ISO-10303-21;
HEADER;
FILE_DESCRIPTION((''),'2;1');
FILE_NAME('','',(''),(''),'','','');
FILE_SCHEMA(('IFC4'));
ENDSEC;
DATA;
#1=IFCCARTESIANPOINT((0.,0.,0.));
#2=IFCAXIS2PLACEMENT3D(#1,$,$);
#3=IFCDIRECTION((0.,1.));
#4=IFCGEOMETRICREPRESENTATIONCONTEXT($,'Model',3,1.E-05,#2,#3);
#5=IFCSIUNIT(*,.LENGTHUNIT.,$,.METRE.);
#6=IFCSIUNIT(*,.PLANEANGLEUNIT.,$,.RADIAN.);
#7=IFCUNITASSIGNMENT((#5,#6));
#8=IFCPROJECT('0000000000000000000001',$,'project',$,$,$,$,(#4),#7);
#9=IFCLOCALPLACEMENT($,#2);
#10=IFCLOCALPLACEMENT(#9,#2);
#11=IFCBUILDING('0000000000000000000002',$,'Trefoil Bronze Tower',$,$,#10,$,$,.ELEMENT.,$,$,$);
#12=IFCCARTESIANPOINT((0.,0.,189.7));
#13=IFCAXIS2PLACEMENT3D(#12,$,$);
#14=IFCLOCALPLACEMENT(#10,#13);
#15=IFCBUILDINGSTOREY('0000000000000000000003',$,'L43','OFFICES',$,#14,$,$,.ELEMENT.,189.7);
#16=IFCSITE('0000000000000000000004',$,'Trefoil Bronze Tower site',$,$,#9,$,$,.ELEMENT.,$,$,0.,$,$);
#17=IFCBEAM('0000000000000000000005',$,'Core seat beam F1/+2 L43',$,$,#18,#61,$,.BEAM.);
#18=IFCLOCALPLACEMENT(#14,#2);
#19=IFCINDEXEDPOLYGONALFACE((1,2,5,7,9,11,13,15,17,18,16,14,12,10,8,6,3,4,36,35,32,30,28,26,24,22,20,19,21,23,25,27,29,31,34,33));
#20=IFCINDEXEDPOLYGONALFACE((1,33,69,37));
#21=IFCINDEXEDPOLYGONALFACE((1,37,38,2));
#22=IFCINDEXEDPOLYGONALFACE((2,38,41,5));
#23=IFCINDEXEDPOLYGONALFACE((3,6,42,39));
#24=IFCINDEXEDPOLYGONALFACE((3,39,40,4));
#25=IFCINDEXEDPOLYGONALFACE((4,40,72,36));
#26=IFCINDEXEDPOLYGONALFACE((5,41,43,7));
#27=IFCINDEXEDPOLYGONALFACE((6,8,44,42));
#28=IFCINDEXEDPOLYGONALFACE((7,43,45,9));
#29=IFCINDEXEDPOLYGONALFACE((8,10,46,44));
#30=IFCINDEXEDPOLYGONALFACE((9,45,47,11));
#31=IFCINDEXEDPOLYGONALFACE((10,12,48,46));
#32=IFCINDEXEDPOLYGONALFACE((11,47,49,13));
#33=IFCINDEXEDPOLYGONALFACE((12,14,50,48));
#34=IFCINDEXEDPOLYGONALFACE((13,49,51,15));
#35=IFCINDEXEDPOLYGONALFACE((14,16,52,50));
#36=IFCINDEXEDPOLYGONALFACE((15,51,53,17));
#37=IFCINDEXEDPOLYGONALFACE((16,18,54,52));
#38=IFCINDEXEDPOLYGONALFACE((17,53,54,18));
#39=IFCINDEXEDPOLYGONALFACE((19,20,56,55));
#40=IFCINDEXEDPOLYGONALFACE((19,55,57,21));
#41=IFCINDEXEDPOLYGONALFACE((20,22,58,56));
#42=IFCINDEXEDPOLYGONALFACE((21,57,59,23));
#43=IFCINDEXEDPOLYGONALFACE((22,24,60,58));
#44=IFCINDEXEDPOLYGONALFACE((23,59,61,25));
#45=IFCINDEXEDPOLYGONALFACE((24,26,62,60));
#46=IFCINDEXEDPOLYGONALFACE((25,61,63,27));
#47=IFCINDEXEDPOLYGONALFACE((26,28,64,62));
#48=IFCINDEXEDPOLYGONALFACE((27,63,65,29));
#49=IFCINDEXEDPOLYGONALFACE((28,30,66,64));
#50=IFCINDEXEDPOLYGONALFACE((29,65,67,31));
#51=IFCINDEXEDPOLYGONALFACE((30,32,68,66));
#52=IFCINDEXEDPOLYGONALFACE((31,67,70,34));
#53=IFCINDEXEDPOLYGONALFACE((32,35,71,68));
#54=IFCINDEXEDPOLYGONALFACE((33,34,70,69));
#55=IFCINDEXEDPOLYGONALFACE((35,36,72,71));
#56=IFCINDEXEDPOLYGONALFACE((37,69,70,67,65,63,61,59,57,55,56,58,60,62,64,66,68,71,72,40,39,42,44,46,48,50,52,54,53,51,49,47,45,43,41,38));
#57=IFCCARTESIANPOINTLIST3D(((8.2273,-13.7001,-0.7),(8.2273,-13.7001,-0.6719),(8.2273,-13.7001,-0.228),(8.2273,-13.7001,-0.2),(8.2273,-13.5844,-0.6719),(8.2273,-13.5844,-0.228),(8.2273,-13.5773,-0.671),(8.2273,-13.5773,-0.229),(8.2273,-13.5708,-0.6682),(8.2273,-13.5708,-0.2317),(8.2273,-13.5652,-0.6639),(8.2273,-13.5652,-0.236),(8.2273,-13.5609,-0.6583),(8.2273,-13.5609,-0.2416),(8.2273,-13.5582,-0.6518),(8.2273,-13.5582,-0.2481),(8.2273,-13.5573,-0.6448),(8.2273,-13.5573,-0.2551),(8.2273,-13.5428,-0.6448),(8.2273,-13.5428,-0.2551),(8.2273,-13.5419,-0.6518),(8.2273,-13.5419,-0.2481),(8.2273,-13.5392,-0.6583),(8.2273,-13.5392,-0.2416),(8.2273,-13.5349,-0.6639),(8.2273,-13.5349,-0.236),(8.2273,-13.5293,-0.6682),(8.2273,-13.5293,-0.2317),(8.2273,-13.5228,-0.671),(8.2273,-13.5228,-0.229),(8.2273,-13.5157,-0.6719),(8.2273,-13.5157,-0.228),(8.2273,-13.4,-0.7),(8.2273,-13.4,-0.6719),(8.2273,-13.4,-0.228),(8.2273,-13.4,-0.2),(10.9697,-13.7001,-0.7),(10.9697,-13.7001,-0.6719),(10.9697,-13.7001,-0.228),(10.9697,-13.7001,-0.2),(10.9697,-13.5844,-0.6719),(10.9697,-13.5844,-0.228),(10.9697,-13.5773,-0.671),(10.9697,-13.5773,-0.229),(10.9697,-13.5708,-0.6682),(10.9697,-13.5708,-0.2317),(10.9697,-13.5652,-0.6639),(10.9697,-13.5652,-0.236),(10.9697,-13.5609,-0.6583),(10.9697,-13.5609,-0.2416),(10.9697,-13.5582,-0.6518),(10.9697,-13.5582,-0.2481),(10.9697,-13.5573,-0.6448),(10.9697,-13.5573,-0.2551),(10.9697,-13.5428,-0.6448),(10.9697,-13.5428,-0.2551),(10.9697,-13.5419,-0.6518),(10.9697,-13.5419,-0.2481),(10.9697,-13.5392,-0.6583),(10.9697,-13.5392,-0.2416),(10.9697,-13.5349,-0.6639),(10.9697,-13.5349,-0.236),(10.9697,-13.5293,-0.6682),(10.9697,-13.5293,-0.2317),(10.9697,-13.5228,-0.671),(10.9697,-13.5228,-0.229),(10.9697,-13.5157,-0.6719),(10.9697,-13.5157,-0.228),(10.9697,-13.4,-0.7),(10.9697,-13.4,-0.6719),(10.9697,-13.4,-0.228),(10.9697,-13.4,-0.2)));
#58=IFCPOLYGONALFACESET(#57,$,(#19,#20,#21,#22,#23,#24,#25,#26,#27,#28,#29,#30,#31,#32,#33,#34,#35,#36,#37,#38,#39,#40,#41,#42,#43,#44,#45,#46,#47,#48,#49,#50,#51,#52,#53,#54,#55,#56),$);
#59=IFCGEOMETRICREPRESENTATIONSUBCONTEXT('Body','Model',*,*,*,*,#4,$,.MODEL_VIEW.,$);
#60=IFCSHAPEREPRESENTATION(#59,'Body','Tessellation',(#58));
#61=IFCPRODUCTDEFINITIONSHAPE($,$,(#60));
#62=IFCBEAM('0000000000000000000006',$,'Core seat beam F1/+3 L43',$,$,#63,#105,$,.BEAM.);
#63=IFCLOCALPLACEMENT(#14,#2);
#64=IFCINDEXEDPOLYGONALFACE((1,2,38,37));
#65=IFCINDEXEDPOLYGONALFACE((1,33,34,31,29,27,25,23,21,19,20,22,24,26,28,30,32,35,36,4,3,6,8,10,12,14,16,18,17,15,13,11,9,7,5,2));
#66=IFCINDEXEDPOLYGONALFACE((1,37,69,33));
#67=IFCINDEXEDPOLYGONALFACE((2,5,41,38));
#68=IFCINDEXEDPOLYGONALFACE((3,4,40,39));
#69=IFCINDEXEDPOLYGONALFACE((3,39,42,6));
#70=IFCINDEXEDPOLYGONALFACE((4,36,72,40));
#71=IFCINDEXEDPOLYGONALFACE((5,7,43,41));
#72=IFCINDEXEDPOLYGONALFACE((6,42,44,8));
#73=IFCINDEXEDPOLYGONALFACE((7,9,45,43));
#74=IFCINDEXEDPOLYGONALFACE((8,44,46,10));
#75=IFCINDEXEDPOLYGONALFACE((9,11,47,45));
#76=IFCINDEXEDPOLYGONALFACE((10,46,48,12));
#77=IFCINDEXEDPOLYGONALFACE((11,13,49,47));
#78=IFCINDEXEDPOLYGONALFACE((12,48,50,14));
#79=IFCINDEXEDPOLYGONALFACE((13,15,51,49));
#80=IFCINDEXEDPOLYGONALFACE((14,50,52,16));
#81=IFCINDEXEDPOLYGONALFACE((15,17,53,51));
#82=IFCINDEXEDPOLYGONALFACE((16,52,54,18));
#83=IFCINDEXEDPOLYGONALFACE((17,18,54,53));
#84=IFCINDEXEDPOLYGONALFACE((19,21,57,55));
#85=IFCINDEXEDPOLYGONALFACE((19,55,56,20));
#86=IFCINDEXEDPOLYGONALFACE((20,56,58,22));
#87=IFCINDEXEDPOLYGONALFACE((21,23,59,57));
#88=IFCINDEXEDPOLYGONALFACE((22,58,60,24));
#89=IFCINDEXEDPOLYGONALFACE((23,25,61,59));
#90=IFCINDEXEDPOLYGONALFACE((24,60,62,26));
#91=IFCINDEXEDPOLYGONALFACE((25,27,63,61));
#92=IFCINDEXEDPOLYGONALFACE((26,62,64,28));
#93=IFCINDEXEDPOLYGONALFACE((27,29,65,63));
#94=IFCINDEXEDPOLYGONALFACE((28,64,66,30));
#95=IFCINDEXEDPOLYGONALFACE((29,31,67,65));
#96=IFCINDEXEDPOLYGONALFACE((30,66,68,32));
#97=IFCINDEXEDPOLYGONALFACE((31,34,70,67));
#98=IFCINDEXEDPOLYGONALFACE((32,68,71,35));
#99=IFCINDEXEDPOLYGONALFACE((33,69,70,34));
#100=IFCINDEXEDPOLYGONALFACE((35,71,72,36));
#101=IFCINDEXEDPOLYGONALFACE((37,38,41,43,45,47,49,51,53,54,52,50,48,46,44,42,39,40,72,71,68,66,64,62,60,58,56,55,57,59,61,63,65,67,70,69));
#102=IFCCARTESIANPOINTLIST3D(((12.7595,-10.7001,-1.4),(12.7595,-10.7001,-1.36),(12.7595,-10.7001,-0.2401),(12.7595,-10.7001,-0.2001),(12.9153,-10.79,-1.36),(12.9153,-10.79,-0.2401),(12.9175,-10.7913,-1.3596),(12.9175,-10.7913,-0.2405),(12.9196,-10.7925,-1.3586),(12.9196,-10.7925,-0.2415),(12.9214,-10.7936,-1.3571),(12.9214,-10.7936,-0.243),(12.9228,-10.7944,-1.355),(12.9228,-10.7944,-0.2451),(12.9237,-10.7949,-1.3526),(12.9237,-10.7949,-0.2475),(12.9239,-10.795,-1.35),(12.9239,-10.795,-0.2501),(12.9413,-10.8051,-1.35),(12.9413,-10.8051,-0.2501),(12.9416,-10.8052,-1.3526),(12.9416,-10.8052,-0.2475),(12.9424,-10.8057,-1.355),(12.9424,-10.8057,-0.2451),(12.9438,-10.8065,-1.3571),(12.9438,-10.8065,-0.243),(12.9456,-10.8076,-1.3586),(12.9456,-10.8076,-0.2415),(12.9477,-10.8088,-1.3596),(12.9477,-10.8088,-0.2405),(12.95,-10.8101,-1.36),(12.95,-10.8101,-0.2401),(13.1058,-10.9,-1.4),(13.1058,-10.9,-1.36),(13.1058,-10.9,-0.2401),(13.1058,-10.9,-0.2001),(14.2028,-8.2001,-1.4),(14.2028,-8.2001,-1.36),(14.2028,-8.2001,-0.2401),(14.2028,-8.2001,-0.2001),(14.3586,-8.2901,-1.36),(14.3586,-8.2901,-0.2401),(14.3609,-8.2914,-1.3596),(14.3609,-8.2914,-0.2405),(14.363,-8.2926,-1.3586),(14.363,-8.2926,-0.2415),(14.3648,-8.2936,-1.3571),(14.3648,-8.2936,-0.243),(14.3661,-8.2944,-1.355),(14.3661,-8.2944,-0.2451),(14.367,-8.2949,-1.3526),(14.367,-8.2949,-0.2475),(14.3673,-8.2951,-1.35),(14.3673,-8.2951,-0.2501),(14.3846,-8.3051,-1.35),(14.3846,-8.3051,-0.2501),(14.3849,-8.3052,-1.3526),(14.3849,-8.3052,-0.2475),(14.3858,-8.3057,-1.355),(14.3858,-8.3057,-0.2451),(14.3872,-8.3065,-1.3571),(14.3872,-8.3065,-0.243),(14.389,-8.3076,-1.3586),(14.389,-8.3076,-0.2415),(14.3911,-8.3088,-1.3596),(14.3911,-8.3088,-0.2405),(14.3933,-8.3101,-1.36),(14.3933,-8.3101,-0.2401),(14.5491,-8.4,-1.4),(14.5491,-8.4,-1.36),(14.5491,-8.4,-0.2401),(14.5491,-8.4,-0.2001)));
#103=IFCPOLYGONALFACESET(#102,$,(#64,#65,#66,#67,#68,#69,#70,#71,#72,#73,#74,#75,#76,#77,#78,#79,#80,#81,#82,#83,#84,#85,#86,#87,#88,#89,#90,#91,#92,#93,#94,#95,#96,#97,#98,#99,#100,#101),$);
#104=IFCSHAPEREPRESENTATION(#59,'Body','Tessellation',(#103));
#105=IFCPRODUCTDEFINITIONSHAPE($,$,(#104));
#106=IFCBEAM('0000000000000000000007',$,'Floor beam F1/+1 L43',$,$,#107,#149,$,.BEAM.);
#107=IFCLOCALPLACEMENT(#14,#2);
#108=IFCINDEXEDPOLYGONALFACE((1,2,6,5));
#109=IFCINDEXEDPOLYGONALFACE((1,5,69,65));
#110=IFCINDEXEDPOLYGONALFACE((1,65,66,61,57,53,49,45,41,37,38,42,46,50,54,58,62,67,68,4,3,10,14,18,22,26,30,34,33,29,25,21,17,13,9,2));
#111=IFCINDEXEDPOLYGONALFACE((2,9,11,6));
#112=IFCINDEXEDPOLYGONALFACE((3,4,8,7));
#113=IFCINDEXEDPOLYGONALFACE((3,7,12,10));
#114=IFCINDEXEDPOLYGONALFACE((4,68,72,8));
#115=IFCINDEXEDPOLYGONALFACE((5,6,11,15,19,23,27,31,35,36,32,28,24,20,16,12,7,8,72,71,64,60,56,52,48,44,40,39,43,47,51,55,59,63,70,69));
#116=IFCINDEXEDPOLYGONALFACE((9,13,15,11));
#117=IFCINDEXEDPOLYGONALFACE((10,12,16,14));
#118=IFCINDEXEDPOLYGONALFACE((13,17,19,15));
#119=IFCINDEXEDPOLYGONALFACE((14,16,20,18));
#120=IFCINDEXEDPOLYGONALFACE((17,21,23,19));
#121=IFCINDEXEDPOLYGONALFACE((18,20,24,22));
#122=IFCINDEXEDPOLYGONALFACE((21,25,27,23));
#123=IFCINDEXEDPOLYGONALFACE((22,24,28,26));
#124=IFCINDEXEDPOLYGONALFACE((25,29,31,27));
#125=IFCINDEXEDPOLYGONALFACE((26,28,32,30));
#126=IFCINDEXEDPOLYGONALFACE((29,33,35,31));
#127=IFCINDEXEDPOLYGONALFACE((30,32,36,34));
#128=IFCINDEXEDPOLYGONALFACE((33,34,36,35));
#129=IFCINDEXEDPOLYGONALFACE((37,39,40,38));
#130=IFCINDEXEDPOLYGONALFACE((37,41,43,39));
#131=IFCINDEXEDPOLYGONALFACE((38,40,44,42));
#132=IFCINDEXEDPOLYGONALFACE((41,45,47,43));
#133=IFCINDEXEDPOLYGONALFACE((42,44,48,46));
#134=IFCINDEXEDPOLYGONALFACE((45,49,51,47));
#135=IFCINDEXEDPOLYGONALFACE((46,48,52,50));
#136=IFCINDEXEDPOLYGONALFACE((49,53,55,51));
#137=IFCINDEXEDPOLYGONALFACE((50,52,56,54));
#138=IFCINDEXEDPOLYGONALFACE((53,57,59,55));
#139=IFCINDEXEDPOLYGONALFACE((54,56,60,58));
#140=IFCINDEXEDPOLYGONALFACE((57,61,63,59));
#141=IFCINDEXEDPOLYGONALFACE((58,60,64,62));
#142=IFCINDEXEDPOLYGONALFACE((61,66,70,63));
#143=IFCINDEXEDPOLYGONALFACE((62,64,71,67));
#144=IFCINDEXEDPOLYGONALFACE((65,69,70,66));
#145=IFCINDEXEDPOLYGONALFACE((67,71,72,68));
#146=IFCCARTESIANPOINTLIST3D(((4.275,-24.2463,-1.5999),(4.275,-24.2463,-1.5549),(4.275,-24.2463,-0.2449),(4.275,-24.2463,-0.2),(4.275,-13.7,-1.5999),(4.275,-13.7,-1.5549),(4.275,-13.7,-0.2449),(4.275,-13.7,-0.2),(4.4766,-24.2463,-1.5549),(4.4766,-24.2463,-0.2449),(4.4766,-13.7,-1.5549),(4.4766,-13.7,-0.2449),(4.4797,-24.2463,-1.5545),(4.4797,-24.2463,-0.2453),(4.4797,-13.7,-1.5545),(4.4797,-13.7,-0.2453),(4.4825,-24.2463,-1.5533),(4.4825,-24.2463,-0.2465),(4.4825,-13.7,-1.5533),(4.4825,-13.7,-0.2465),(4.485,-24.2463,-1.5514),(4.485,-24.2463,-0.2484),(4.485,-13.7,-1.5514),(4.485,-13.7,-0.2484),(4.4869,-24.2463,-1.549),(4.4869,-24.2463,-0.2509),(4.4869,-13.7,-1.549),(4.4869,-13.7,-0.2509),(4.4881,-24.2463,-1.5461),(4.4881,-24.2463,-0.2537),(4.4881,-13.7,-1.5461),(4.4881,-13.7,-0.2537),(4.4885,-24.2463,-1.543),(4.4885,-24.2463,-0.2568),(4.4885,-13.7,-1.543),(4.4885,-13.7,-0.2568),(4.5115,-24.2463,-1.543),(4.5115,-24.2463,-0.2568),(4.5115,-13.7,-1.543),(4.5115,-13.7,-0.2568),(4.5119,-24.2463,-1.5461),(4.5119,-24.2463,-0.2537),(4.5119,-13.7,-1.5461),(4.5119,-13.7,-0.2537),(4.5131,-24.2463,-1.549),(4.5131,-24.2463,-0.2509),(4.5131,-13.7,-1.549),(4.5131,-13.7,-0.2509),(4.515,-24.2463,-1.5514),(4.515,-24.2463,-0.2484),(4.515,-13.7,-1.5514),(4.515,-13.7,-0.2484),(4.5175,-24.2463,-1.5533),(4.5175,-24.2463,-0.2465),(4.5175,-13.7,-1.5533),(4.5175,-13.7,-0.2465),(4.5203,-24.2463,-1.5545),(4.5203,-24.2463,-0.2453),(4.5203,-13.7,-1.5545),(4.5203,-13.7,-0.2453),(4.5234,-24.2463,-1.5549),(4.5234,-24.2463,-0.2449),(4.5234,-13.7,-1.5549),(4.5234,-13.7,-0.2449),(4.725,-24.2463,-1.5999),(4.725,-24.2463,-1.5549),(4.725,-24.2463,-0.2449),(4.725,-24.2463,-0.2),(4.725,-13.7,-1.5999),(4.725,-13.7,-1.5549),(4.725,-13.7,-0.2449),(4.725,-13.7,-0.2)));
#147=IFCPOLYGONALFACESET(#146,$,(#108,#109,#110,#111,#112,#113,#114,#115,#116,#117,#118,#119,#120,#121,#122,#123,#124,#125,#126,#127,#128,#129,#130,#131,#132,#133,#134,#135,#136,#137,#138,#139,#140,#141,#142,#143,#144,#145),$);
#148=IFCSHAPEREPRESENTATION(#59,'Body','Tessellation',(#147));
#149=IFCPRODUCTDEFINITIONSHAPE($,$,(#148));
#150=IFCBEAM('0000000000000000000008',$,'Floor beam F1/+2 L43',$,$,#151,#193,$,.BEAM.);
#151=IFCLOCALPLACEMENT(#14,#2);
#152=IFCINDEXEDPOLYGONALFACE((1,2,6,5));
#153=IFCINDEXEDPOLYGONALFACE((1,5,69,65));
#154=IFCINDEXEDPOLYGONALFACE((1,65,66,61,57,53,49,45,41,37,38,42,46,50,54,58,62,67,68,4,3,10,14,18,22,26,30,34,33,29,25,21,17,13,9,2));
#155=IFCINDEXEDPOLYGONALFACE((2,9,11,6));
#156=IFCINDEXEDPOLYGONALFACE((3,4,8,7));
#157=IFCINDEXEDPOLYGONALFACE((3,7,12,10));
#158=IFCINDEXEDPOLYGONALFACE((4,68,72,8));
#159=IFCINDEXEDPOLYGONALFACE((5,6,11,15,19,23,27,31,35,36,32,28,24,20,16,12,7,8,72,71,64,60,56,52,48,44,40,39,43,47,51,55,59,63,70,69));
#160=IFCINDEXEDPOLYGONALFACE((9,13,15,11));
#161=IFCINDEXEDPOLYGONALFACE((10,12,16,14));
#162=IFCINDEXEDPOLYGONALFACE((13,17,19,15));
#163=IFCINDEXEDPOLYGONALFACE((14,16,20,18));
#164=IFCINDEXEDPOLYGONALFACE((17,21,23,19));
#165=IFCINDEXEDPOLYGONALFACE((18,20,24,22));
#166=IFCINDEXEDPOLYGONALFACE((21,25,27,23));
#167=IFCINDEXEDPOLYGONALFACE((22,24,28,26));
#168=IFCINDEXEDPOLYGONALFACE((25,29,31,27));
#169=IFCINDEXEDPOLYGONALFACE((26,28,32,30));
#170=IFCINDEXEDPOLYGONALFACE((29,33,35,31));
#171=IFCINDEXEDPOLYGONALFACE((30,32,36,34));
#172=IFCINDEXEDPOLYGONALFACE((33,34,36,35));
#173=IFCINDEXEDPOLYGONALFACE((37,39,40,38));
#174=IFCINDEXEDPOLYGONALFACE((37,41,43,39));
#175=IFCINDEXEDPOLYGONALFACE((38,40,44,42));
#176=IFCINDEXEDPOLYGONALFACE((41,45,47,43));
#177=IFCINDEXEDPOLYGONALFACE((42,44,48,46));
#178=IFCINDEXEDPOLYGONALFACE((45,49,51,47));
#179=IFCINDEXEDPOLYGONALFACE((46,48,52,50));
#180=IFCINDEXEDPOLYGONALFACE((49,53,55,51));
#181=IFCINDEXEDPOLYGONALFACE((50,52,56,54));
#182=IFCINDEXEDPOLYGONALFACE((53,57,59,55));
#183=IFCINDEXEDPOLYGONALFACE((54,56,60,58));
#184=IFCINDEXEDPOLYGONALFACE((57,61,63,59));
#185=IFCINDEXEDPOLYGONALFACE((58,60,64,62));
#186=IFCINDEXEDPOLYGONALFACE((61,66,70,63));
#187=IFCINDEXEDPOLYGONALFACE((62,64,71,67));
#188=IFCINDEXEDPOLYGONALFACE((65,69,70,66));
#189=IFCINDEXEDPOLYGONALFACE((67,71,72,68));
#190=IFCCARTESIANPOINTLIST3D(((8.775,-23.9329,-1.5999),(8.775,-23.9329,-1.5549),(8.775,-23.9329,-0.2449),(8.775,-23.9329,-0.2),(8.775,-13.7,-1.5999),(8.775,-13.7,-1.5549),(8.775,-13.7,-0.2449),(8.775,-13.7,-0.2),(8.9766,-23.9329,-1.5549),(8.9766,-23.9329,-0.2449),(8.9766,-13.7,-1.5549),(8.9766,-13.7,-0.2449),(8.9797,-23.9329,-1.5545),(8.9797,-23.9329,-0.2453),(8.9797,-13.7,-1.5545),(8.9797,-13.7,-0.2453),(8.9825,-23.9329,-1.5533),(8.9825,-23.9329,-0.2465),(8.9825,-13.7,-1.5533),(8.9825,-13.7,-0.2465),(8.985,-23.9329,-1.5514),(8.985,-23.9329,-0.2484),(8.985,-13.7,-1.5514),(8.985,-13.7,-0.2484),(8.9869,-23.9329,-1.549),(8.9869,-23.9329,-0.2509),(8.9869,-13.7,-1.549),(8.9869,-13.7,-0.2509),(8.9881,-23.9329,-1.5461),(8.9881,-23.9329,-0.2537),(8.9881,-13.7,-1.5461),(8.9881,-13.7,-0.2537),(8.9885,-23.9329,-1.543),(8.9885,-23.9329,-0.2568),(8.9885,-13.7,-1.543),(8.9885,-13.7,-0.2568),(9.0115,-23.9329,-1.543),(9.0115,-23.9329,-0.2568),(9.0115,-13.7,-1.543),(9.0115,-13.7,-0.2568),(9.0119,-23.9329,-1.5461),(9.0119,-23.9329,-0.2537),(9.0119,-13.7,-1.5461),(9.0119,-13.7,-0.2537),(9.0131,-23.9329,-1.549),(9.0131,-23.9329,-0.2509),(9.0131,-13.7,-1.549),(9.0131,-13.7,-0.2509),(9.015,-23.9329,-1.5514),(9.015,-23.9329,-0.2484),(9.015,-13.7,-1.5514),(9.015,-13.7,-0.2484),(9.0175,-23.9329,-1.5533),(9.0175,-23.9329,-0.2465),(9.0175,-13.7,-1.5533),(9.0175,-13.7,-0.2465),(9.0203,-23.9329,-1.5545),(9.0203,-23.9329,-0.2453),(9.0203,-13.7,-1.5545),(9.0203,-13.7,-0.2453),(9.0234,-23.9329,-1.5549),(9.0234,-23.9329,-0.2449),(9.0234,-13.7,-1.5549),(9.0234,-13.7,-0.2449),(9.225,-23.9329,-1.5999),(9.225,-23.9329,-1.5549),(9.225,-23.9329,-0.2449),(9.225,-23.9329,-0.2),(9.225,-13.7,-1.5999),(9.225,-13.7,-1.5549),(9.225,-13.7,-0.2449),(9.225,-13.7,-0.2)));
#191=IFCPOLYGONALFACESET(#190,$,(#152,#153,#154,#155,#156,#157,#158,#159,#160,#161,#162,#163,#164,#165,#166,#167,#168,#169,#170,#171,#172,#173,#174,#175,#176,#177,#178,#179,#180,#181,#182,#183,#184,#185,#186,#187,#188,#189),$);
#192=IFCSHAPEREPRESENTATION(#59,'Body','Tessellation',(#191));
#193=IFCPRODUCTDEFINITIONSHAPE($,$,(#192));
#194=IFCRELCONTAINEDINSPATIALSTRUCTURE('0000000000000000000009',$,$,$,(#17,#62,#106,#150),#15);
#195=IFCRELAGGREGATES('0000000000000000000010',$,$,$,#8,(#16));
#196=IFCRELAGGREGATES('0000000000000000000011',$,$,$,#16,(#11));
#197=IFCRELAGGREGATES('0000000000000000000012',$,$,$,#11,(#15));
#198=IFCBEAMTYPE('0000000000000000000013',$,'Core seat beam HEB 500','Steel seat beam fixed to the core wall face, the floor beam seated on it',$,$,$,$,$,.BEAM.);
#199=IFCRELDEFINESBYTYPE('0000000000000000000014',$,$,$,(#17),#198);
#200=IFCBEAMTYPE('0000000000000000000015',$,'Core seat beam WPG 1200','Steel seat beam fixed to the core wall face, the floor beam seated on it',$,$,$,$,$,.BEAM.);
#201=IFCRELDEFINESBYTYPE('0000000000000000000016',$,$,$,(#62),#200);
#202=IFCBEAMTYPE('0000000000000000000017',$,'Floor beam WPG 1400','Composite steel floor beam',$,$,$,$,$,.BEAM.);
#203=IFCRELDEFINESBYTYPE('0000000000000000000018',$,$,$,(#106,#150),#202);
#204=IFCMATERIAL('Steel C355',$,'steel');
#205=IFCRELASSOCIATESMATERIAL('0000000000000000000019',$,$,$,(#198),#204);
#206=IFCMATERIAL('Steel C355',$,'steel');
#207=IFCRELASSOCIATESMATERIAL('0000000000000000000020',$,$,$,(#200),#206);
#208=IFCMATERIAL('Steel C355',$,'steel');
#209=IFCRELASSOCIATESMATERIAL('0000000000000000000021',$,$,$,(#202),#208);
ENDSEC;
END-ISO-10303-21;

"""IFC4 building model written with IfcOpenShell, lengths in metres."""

from ifc_helpers import new_model, si_unit, direction, frame, origin, origin_2d, place, context, subcontext, project, spatial, i_section, extrude, material, material_profile, profile_set, type_object, element, save


model = new_model("IFC4")

# Units and contexts
model_context = context("Model", 3, precision=1e-05, world=origin(), true_north=direction((0.0, 1.0)))
body_context = subcontext(model_context, "Body", "Model", "MODEL_VIEW")
ifc_project = project(units=[si_unit("LENGTHUNIT", "METRE"), si_unit("PLANEANGLEUNIT", "RADIAN")], contexts=[model_context])

# Site, building, storey
site_placement = place(None, origin())
site = spatial("IfcSite", under=ifc_project, at=site_placement, Name="Trefoil Bronze Tower site", CompositionType="ELEMENT", RefElevation=0.0)
building_placement = place(site_placement, origin())
building = spatial("IfcBuilding", under=site, at=building_placement, Name="Trefoil Bronze Tower", CompositionType="ELEMENT")
storey_placement = place(building_placement, frame((0.0, 0.0, 189.7)))
storey = spatial("IfcBuildingStorey", under=building, at=storey_placement, Name="L43", Description="OFFICES", CompositionType="ELEMENT", Elevation=189.7)

# Beams
ifc_material_1 = material(Name="Steel C355", Category="steel")
ifc_material_profile_1 = material_profile(ifc_material_1, i_section(OverallWidth=0.3, OverallDepth=0.5, WebThickness=0.0144, FlangeThickness=0.0281, FilletRadius=0.0271, at=origin_2d()), Name="HEB 500")
ifc_profile_set_1 = profile_set([ifc_material_profile_1], Name="Steel C355")
beam_type_1 = type_object("IfcBeamType", Name="Core seat beam HEB 500", Description="Steel seat beam fixed to the core wall face, the floor beam seated on it", PredefinedType="BEAM", material=ifc_profile_set_1)
for number, where, z_axis, x_axis, name in (
    (1, (8.2273, -13.55, -0.45), (1.0, 0.0, 0.0), (0.0, 1.0, 0.0), "Core seat beam F1/+2 L43"),
):
    element("IfcBeam", number, at=place(storey_placement, frame(where, z_axis=z_axis, x_axis=x_axis)), inside=storey, type_object=beam_type_1, Name=name, PredefinedType="BEAM", context=body_context, shape_type="SweptSolid", body=[
        extrude(i_section(OverallWidth=0.3, OverallDepth=0.5, WebThickness=0.0144, FlangeThickness=0.0281, FilletRadius=0.0271, at=origin_2d()), origin(), (0.0, 0.0, 1.0), 2.7424),
    ])
ifc_material_2 = material(Name="Steel C355", Category="steel")
ifc_material_profile_2 = material_profile(ifc_material_2, i_section(OverallWidth=0.3999, OverallDepth=1.2, WebThickness=0.02, FlangeThickness=0.04, FilletRadius=0.01, at=origin_2d()), Name="WPG 1200")
ifc_profile_set_2 = profile_set([ifc_material_profile_2], Name="Steel C355")
beam_type_2 = type_object("IfcBeamType", Name="Core seat beam WPG 1200", Description="Steel seat beam fixed to the core wall face, the floor beam seated on it", PredefinedType="BEAM", material=ifc_profile_set_2)
beam_1_placement = place(storey_placement, frame((12.9326, -10.8, -0.8), z_axis=(0.499996, 0.866028, 0.0), x_axis=(-0.866028, 0.499996, 0.0)))
element("IfcBeam", 2, at=beam_1_placement, inside=storey, type_object=beam_type_2, Name="Core seat beam F1/+3 L43", PredefinedType="BEAM", context=body_context, shape_type="SweptSolid", body=[
    extrude(i_section(OverallWidth=0.3999, OverallDepth=1.2, WebThickness=0.02, FlangeThickness=0.04, FilletRadius=0.01, at=origin_2d()), origin(), (0.0, 0.0, 1.0), 2.8867),
])
ifc_material_3 = material(Name="Steel C355", Category="steel")
ifc_material_profile_3 = material_profile(ifc_material_3, i_section(OverallWidth=0.45, OverallDepth=1.3999, WebThickness=0.0229, FlangeThickness=0.0449, FilletRadius=0.012, at=origin_2d()), Name="WPG 1400")
ifc_profile_set_3 = profile_set([ifc_material_profile_3], Name="Steel C355")
beam_type_3 = type_object("IfcBeamType", Name="Floor beam WPG 1400", Description="Composite steel floor beam", PredefinedType="BEAM", material=ifc_profile_set_3)
beam_2_placement = place(storey_placement, frame((4.5, -24.2463, -0.8999), z_axis=(0.0, 1.0, 0.0), x_axis=(-1.0, 0.0, 0.0)))
element("IfcBeam", 3, at=beam_2_placement, inside=storey, type_object=beam_type_3, Name="Floor beam F1/+1 L43", PredefinedType="BEAM", context=body_context, shape_type="SweptSolid", body=[
    extrude(i_section(OverallWidth=0.45, OverallDepth=1.3999, WebThickness=0.0229, FlangeThickness=0.0449, FilletRadius=0.012, at=origin_2d()), origin(), (0.0, 0.0, 1.0), 10.5464),
])
beam_3_placement = place(storey_placement, frame((9.0, -23.9329, -0.8999), z_axis=(0.0, 1.0, 0.0), x_axis=(-1.0, 0.0, 0.0)))
element("IfcBeam", 4, at=beam_3_placement, inside=storey, type_object=beam_type_3, Name="Floor beam F1/+2 L43", PredefinedType="BEAM", context=body_context, shape_type="SweptSolid", body=[
    extrude(i_section(OverallWidth=0.45, OverallDepth=1.3999, WebThickness=0.0229, FlangeThickness=0.0449, FilletRadius=0.012, at=origin_2d()), origin(), (0.0, 0.0, 1.0), 10.2329),
])

save(model, "model.ifc")
